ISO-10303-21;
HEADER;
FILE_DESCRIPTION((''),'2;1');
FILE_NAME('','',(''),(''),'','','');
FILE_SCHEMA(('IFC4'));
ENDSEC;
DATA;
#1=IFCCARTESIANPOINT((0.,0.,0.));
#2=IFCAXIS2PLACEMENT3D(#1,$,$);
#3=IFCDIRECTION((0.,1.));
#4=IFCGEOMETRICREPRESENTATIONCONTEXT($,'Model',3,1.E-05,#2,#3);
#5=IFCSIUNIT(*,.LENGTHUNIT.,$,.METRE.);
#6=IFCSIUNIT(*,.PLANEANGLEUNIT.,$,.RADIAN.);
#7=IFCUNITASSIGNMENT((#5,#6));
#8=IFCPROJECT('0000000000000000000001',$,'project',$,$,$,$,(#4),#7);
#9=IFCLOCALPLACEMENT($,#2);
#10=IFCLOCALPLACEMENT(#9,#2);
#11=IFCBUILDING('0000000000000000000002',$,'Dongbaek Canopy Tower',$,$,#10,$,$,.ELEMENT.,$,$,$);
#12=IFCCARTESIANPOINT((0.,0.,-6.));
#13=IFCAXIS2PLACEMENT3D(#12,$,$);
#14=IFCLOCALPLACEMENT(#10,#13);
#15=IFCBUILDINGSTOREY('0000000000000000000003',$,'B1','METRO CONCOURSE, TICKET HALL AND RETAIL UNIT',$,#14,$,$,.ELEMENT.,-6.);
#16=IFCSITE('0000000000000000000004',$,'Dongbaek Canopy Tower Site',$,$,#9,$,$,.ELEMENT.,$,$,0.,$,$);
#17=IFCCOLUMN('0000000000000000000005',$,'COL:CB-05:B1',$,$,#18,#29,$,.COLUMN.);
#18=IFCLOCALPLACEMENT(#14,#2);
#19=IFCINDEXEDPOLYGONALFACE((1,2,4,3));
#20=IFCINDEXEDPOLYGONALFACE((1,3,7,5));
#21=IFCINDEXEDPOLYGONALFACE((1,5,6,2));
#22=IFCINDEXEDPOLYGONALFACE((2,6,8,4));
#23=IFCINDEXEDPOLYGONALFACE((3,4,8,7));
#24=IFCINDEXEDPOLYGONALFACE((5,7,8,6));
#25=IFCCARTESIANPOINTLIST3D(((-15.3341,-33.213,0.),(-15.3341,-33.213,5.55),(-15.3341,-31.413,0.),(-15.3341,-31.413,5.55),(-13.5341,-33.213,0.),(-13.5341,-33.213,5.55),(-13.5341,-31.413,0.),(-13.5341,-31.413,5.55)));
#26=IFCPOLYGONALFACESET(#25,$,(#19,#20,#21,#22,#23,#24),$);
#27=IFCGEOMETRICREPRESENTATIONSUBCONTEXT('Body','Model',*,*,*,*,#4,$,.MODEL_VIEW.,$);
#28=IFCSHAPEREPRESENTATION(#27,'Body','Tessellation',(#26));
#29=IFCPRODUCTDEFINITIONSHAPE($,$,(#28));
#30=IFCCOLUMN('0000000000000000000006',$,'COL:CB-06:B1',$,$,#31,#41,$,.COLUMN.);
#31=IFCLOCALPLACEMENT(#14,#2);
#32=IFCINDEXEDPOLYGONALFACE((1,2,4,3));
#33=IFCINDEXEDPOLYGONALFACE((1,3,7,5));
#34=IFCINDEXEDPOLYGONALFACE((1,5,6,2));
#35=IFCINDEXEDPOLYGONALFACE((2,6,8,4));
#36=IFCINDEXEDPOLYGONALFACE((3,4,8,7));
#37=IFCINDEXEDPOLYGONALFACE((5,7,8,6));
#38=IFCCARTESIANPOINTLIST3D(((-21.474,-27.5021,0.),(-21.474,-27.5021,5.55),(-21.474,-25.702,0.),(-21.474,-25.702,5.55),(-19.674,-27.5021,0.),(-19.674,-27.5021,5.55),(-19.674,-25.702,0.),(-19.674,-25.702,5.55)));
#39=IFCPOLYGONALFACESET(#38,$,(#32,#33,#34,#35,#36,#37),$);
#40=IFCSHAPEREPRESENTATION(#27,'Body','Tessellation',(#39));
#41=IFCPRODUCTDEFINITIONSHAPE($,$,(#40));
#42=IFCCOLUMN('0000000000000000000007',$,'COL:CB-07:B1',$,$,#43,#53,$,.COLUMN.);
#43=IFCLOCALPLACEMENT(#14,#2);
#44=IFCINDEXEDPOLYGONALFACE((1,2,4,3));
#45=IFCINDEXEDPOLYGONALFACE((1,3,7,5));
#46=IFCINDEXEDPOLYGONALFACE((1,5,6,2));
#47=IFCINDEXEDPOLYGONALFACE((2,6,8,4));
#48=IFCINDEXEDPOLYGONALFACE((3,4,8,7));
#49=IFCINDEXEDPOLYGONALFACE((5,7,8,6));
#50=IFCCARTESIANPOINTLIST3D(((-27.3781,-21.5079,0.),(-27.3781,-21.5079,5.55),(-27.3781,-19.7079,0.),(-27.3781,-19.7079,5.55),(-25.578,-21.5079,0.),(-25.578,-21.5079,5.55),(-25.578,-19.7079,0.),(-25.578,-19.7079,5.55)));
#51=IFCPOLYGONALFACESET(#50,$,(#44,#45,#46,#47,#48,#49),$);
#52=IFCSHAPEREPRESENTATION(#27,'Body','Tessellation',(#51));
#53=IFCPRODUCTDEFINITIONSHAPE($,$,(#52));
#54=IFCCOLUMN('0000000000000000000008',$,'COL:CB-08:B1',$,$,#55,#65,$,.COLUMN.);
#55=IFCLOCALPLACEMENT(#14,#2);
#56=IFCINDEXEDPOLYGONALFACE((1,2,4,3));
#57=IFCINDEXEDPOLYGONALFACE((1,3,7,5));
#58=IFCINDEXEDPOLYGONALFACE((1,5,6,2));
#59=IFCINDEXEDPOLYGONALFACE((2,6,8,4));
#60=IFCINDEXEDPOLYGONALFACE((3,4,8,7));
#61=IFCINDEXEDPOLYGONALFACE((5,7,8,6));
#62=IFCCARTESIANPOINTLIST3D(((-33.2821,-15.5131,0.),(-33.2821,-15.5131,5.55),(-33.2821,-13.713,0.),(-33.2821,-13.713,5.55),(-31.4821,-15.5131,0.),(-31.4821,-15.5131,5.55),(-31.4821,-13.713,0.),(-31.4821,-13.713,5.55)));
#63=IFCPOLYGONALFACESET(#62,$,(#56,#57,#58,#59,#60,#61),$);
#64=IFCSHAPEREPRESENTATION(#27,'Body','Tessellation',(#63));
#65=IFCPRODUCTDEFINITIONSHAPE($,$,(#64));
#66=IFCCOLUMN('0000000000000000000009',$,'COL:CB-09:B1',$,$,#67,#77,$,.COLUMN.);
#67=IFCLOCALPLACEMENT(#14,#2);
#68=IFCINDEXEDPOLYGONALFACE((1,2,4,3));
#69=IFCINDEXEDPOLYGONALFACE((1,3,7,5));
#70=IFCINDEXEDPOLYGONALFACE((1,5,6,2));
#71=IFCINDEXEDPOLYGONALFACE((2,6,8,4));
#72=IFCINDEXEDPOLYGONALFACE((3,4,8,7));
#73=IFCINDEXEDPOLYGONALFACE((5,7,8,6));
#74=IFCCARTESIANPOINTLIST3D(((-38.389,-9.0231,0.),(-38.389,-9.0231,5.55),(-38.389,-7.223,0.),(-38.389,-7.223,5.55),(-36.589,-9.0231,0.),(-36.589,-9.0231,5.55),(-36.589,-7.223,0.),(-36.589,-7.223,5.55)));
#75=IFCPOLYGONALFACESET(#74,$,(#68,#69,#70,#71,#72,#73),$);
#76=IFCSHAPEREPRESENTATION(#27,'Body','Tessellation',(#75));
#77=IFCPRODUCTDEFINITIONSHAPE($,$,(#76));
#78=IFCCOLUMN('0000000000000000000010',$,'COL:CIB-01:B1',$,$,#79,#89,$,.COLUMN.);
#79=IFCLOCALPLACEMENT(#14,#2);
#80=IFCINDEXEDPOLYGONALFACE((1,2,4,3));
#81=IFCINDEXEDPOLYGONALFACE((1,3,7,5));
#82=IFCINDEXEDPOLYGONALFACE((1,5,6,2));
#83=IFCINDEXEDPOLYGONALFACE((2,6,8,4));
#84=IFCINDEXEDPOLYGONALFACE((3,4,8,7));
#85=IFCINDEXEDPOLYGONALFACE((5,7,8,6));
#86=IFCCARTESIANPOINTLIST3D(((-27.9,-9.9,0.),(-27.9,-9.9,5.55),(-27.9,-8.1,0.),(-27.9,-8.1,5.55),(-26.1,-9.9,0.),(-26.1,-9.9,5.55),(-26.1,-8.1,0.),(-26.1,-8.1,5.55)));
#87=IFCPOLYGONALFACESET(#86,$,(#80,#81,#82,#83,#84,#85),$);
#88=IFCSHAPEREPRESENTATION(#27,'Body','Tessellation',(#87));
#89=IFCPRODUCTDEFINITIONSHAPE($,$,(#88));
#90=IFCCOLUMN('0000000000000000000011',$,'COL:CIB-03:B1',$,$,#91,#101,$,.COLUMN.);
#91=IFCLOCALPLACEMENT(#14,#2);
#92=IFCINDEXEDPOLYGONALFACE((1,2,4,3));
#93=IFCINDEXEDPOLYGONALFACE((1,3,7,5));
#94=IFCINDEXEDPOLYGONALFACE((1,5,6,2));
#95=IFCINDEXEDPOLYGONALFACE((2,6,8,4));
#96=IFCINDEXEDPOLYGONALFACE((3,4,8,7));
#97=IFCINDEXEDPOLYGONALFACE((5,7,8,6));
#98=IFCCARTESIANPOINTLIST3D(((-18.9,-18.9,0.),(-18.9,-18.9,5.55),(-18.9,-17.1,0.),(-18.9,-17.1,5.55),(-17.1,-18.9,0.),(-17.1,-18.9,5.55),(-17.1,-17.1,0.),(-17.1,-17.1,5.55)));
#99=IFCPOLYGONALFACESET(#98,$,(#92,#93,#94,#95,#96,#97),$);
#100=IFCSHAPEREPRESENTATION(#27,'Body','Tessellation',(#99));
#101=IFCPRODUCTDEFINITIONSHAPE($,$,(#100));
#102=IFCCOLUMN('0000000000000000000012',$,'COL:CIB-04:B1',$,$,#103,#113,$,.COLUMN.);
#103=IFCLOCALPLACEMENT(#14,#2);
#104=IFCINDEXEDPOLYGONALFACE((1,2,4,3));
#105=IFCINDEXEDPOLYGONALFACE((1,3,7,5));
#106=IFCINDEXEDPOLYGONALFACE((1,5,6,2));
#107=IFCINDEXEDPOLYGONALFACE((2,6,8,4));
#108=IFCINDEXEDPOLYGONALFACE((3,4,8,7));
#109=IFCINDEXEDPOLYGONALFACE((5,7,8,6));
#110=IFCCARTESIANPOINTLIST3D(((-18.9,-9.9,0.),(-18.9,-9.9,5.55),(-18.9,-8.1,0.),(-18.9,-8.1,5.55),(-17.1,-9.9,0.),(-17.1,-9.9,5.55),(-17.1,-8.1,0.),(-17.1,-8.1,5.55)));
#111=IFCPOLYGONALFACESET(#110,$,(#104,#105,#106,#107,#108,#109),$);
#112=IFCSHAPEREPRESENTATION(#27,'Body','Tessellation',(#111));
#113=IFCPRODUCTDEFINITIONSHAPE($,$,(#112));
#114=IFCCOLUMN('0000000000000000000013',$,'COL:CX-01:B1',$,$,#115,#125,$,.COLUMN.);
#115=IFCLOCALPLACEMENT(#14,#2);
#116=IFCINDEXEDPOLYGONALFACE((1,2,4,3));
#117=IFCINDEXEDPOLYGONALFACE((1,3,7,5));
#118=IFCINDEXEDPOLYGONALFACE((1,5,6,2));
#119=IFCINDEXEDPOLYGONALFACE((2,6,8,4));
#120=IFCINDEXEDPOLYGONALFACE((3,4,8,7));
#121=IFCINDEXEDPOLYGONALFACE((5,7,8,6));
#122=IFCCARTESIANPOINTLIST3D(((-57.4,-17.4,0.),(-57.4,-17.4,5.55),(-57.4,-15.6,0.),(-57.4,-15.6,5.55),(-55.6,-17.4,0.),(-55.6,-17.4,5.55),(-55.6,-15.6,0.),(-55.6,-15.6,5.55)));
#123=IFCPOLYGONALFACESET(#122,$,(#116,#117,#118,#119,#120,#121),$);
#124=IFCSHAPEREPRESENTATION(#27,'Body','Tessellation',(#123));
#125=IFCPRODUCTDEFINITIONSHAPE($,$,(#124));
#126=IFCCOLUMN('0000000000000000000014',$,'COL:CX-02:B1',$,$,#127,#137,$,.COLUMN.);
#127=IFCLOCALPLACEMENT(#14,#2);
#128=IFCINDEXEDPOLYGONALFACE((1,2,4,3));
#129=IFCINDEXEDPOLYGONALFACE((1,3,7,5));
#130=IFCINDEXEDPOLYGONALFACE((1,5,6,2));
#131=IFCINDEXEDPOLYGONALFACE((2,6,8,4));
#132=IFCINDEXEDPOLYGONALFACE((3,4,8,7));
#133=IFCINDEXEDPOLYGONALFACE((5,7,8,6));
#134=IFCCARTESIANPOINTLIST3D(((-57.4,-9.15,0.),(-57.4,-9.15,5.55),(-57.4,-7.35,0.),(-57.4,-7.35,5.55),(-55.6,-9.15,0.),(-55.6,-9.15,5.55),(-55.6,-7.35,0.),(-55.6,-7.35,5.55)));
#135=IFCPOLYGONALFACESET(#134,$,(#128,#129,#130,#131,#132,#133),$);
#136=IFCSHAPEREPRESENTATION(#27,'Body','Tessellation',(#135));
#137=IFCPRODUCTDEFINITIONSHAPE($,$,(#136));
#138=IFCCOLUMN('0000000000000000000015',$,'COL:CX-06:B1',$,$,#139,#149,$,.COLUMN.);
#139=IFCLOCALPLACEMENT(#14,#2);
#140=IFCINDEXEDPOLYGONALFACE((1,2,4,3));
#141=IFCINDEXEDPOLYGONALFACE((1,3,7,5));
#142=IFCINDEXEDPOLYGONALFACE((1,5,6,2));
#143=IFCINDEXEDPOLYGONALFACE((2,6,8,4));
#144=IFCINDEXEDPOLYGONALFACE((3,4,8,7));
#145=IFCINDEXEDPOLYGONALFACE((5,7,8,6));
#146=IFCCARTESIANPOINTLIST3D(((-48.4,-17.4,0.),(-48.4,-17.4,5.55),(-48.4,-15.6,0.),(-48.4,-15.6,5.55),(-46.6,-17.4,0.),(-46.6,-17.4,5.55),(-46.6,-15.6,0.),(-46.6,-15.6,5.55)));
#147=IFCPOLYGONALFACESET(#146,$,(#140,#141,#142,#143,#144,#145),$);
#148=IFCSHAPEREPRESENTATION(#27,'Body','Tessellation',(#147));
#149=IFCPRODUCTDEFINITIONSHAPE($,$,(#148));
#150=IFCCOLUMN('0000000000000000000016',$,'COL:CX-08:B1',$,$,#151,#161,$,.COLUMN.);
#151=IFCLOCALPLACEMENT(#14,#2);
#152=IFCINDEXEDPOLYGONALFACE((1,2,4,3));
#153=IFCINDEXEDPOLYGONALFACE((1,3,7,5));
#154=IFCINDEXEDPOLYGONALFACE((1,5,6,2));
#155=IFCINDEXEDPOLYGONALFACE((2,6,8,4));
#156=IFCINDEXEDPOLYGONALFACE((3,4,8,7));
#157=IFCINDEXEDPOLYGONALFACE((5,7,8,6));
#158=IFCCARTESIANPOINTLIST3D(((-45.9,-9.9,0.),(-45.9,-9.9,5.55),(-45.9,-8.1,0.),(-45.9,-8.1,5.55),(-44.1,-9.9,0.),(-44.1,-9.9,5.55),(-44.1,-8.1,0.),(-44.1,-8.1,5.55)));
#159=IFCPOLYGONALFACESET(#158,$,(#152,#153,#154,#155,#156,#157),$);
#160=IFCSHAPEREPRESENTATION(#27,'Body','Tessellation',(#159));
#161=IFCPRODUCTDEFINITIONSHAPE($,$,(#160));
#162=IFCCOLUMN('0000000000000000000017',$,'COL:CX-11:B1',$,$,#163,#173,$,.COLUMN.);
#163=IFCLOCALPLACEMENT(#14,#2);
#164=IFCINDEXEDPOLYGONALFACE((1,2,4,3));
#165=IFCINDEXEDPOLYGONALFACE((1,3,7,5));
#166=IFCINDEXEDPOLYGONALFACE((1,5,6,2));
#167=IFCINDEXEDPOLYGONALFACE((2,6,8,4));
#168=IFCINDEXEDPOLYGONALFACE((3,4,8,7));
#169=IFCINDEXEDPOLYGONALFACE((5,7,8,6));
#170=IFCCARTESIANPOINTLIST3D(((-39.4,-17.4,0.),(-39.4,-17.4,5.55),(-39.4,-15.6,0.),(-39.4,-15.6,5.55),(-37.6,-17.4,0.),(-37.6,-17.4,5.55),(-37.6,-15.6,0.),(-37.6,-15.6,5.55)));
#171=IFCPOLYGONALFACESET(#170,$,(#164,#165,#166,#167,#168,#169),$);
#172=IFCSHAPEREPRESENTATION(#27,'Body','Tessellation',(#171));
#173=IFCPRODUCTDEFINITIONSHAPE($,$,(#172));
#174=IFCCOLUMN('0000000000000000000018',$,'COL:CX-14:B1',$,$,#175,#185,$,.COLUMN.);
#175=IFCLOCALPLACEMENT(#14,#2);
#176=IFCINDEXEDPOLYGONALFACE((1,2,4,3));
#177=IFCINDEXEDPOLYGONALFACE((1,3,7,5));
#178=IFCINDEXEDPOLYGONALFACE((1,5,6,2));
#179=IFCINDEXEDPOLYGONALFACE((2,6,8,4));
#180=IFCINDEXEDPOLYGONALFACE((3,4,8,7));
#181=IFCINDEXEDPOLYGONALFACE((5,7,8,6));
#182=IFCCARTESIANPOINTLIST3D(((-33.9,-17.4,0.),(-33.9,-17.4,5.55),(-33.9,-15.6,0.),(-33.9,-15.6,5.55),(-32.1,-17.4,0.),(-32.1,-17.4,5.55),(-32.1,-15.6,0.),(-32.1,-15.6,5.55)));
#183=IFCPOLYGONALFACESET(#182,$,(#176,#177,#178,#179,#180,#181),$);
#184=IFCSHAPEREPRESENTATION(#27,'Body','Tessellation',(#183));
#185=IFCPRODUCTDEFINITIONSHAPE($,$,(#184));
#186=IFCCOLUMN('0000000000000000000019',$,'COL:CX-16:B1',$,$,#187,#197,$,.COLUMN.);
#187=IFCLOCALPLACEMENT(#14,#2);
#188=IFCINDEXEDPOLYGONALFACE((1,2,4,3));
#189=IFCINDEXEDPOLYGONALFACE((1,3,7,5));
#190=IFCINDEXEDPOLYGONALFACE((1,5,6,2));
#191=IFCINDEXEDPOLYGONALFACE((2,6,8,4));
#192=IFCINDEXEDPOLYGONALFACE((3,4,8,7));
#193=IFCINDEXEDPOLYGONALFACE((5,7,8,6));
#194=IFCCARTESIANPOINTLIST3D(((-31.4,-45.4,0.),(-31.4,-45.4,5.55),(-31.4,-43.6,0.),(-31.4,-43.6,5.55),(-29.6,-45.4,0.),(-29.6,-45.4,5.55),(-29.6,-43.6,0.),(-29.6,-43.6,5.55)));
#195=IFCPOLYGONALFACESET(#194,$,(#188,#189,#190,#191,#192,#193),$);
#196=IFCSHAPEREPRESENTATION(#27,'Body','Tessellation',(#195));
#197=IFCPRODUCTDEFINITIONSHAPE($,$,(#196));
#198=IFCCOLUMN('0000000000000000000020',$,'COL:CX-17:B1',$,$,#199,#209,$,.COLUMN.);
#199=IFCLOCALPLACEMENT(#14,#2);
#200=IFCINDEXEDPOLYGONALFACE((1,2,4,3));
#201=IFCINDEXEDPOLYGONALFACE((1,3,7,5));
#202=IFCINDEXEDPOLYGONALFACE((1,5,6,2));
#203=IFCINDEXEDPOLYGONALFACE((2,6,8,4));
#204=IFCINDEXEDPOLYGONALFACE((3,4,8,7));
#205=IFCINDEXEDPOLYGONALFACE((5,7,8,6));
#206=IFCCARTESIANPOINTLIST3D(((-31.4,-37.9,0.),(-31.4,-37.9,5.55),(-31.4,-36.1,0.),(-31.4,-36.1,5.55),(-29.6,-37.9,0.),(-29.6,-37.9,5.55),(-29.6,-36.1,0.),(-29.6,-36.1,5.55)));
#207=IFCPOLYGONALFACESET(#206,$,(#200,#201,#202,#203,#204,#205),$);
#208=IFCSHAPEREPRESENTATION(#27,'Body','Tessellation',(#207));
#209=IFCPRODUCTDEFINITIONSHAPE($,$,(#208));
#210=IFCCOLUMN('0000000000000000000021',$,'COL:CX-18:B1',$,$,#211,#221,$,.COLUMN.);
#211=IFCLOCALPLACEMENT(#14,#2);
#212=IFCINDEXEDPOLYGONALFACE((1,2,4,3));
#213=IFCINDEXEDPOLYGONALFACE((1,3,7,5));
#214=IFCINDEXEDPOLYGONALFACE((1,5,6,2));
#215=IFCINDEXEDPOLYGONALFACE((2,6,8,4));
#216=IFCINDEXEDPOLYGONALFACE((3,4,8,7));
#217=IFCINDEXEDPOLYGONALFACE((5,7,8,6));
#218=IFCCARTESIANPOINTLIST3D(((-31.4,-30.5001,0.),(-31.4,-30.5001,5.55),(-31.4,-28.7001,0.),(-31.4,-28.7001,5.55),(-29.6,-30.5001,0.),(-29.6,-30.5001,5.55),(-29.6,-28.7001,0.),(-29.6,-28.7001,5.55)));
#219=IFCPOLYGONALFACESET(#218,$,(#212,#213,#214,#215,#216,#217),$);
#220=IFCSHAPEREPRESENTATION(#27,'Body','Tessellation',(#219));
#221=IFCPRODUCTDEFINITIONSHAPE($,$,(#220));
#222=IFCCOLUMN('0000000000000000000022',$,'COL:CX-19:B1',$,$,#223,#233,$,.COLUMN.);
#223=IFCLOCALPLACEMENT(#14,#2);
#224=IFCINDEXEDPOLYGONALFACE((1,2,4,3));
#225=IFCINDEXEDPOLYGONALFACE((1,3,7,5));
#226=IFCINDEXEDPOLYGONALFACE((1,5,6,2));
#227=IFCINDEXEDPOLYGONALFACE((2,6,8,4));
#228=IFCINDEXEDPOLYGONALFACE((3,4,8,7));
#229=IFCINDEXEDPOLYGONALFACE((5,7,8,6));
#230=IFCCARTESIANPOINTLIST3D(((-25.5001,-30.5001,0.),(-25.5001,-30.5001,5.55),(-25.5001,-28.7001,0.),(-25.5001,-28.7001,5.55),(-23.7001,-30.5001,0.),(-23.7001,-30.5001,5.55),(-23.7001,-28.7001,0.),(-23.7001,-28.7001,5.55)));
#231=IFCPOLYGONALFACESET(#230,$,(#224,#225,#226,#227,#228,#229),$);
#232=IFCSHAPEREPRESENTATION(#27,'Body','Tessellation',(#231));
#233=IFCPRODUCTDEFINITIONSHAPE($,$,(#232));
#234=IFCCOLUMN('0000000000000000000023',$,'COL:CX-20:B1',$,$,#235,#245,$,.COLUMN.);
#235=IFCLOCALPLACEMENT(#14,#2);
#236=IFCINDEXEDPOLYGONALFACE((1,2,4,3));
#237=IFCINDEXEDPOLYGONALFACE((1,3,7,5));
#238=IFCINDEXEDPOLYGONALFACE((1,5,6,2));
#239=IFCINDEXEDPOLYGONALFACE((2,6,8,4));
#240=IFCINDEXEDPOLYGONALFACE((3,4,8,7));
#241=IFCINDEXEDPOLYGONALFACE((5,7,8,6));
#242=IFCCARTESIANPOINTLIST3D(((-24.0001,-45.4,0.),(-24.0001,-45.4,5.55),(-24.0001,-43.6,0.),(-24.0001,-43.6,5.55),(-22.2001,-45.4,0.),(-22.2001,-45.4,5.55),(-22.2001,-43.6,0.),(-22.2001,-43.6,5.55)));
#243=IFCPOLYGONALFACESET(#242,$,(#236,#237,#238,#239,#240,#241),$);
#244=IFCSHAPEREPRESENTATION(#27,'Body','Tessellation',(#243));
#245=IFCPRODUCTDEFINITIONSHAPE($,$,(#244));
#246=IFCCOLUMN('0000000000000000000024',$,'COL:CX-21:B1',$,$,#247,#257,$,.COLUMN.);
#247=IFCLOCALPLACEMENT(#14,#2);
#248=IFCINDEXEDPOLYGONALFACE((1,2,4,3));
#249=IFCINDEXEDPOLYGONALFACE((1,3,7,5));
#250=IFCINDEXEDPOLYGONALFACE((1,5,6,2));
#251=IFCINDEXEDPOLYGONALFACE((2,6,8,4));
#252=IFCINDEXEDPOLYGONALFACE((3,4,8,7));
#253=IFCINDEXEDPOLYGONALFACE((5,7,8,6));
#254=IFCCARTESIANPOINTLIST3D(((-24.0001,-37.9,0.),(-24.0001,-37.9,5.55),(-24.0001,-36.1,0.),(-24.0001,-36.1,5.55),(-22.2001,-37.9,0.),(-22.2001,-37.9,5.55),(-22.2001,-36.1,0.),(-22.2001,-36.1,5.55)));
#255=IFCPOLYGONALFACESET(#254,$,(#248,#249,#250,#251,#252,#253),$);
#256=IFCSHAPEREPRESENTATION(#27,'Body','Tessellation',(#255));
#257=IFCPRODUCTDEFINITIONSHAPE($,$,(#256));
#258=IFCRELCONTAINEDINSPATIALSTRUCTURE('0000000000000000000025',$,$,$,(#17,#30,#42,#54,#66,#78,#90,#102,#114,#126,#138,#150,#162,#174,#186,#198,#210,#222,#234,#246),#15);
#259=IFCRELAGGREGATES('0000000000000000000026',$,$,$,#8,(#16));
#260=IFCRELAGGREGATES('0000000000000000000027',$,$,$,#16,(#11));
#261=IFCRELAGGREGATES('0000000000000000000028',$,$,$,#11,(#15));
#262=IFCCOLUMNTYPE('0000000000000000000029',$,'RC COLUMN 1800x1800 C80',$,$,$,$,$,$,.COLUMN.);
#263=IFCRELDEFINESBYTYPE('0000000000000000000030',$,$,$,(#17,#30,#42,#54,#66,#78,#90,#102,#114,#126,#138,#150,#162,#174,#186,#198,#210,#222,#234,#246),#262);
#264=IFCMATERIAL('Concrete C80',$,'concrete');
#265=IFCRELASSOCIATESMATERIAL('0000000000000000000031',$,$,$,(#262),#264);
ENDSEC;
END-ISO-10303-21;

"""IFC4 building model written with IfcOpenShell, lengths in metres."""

from ifc_helpers import new_model, si_unit, direction, frame, origin, origin_2d, place, context, subcontext, project, spatial, rectangle, extrude, material, material_profile, profile_set, type_object, element, save


model = new_model("IFC4")

# Units and contexts
model_context = context("Model", 3, precision=1e-05, world=origin(), true_north=direction((0.0, 1.0)))
body_context = subcontext(model_context, "Body", "Model", "MODEL_VIEW")
ifc_project = project(units=[si_unit("LENGTHUNIT", "METRE"), si_unit("PLANEANGLEUNIT", "RADIAN")], contexts=[model_context])

# Site, building, storey
site_placement = place(None, origin())
site = spatial("IfcSite", under=ifc_project, at=site_placement, Name="Dongbaek Canopy Tower Site", CompositionType="ELEMENT", RefElevation=0.0)
building_placement = place(site_placement, origin())
building = spatial("IfcBuilding", under=site, at=building_placement, Name="Dongbaek Canopy Tower", CompositionType="ELEMENT")
storey_placement = place(building_placement, frame((0.0, 0.0, -6.0)))
storey = spatial("IfcBuildingStorey", under=building, at=storey_placement, Name="B1", Description="METRO CONCOURSE, TICKET HALL AND RETAIL UNIT", CompositionType="ELEMENT", Elevation=-6.0)

# Columns
ifc_material_1 = material(Name="Concrete C80", Category="concrete")
ifc_material_profile = material_profile(ifc_material_1, rectangle(XDim=1.8, YDim=1.8, at=origin_2d()), Name="RC COLUMN 1800x1800 C80")
ifc_profile_set = profile_set([ifc_material_profile], Name="Concrete C80")
column_type = type_object("IfcColumnType", Name="RC COLUMN 1800x1800 C80", PredefinedType="COLUMN", material=ifc_profile_set)
for number, where, z_axis, x_axis, name in (
    (1, (-14.4341, -32.313, 0.0), (0.0, 0.0, 1.0), (1.0, 0.0, 0.0), "COL:CB-05:B1"),
    (2, (-20.574, -26.6021, 0.0), (0.0, 0.0, 1.0), (1.0, 0.0, 0.0), "COL:CB-06:B1"),
    (3, (-26.478, -20.6079, 0.0), (0.0, 0.0, 1.0), (1.0, 0.0, 0.0), "COL:CB-07:B1"),
    (4, (-32.3821, -14.613, 0.0), (0.0, 0.0, 1.0), (1.0, 0.0, 0.0), "COL:CB-08:B1"),
    (5, (-37.489, -8.123, 0.0), (0.0, 0.0, 1.0), (1.0, 0.0, 0.0), "COL:CB-09:B1"),
    (6, (-27.0, -9.0, 0.0), (0.0, 0.0, 1.0), (1.0, 0.0, 0.0), "COL:CIB-01:B1"),
    (7, (-18.0, -18.0, 0.0), (0.0, 0.0, 1.0), (1.0, 0.0, 0.0), "COL:CIB-03:B1"),
    (8, (-18.0, -9.0, 0.0), (0.0, 0.0, 1.0), (1.0, 0.0, 0.0), "COL:CIB-04:B1"),
    (9, (-56.5, -16.5, 0.0), (0.0, 0.0, 1.0), (1.0, 0.0, 0.0), "COL:CX-01:B1"),
    (10, (-56.5, -8.25, 0.0), (0.0, 0.0, 1.0), (1.0, 0.0, 0.0), "COL:CX-02:B1"),
    (11, (-47.5, -16.5, 0.0), (0.0, 0.0, 1.0), (1.0, 0.0, 0.0), "COL:CX-06:B1"),
    (12, (-45.0, -9.0, 0.0), (0.0, 0.0, 1.0), (1.0, 0.0, 0.0), "COL:CX-08:B1"),
    (13, (-38.5, -16.5, 0.0), (0.0, 0.0, 1.0), (1.0, 0.0, 0.0), "COL:CX-11:B1"),
    (14, (-33.0, -16.5, 0.0), (0.0, 0.0, 1.0), (1.0, 0.0, 0.0), "COL:CX-14:B1"),
    (15, (-30.5, -44.5, 0.0), (0.0, 0.0, 1.0), (1.0, 0.0, 0.0), "COL:CX-16:B1"),
    (16, (-30.5, -37.0, 0.0), (0.0, 0.0, 1.0), (1.0, 0.0, 0.0), "COL:CX-17:B1"),
    (17, (-30.5, -29.6001, 0.0), (0.0, 0.0, 1.0), (1.0, 0.0, 0.0), "COL:CX-18:B1"),
    (18, (-24.6001, -29.6001, 0.0), (0.0, 0.0, 1.0), (1.0, 0.0, 0.0), "COL:CX-19:B1"),
    (19, (-23.1001, -44.5, 0.0), (0.0, 0.0, 1.0), (1.0, 0.0, 0.0), "COL:CX-20:B1"),
    (20, (-23.1001, -37.0, 0.0), (0.0, 0.0, 1.0), (1.0, 0.0, 0.0), "COL:CX-21:B1"),
):
    element("IfcColumn", number, at=place(storey_placement, frame(where, z_axis=z_axis, x_axis=x_axis)), inside=storey, type_object=column_type, Name=name, PredefinedType="COLUMN", context=body_context, shape_type="SweptSolid", body=[
        extrude(rectangle(XDim=1.8, YDim=1.8, at=origin_2d()), origin(), (0.0, 0.0, 1.0), 5.55),
    ])

save(model, "model.ifc")
